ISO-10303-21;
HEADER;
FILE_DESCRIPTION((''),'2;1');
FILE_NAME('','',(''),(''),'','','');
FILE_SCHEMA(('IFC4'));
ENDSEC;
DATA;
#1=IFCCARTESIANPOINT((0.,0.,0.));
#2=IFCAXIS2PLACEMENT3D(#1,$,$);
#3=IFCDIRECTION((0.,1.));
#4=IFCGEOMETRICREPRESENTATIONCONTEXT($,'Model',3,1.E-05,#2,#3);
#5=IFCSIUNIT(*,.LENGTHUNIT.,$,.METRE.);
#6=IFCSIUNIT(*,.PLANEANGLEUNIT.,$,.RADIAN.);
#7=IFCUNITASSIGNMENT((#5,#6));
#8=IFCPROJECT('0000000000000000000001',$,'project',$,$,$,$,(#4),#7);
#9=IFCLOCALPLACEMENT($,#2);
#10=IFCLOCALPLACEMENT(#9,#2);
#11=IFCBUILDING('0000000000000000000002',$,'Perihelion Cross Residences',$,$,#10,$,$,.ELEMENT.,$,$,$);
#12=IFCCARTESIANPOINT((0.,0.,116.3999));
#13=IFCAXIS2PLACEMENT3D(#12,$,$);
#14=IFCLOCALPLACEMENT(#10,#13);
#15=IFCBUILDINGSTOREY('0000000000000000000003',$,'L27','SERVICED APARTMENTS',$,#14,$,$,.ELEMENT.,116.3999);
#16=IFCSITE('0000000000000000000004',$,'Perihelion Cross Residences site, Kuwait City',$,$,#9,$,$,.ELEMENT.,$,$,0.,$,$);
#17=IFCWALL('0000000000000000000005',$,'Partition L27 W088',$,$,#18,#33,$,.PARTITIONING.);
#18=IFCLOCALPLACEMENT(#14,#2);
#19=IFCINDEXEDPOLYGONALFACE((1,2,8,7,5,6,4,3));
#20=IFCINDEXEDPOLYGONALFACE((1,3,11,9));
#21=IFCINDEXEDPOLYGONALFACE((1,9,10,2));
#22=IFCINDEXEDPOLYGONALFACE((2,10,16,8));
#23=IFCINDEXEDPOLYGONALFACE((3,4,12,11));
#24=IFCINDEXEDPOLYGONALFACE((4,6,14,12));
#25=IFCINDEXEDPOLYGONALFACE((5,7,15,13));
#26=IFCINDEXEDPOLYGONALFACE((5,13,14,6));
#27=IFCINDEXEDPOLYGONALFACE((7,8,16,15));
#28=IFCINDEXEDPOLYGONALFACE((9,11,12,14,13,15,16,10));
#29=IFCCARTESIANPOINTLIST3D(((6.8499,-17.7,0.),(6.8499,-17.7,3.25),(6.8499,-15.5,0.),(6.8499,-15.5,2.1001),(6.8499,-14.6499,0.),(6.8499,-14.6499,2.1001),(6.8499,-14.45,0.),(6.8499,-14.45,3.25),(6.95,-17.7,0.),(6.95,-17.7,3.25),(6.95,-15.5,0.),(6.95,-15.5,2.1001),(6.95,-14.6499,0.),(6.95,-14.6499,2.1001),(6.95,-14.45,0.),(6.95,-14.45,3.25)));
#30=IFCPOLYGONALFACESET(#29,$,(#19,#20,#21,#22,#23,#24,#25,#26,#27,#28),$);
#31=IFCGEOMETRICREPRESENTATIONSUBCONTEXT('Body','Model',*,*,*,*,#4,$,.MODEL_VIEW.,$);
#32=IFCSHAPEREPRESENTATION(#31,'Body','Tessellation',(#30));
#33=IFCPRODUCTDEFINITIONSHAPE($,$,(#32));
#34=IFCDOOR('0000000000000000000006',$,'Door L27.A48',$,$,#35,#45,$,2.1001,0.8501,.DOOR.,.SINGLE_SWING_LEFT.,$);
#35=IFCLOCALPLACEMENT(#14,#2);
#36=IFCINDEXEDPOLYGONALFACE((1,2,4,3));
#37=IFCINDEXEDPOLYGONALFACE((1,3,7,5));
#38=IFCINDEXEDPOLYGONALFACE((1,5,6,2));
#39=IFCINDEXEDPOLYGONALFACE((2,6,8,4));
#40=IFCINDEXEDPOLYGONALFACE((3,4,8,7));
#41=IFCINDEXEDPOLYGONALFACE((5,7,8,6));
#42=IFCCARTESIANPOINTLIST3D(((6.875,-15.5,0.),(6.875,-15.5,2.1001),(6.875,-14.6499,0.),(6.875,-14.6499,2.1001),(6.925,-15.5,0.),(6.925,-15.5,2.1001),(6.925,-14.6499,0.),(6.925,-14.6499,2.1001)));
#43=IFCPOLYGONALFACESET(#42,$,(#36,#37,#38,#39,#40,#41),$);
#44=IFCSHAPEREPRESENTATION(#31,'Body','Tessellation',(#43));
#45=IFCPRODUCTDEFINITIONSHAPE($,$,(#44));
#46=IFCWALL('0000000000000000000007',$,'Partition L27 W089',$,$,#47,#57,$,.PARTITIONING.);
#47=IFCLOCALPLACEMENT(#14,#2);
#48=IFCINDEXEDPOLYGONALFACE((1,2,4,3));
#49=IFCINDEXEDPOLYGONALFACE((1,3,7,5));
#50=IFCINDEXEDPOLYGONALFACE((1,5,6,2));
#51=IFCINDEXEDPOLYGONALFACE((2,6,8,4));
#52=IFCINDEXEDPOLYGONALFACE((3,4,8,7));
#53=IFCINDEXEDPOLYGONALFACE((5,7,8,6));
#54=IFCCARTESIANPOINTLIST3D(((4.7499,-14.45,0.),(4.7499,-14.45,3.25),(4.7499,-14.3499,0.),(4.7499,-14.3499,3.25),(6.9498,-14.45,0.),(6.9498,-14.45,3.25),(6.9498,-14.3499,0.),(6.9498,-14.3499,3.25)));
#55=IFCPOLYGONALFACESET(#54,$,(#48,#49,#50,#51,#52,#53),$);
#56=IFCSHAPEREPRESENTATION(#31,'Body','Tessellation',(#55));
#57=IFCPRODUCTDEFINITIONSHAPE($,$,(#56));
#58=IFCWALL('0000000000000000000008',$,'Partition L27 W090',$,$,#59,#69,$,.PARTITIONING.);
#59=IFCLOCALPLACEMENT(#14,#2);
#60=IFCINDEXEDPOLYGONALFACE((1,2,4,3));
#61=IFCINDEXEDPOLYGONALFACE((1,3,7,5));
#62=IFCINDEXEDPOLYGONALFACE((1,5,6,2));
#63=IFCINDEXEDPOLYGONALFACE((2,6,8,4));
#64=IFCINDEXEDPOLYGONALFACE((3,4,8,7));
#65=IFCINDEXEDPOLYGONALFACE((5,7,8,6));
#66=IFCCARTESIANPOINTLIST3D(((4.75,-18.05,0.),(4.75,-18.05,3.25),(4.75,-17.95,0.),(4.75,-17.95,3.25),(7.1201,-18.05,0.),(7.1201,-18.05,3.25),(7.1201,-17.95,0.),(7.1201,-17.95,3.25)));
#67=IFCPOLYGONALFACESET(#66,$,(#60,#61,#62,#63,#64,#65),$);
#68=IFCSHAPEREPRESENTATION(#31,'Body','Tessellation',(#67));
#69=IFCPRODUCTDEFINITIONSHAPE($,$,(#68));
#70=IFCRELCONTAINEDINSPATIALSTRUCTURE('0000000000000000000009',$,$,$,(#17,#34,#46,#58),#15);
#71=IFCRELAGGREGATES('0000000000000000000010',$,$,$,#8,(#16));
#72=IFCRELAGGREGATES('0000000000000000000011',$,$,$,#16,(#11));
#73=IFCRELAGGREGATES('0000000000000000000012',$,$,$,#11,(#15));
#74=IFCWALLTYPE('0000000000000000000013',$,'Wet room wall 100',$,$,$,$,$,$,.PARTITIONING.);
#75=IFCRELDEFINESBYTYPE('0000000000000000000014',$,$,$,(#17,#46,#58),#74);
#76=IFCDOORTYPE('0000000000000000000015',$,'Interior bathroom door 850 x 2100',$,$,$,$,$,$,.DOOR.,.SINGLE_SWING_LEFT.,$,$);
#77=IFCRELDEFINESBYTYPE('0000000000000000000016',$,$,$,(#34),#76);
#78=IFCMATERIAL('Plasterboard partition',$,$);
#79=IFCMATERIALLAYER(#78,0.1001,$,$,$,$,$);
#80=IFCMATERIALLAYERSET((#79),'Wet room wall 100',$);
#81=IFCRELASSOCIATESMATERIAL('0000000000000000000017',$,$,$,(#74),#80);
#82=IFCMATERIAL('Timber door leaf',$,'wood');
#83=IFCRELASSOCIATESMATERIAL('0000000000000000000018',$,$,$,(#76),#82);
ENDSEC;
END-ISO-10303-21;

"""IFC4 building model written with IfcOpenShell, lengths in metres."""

from ifc_helpers import new_model, si_unit, direction, frame, frame_2d, origin, place, context, subcontext, project, spatial, rectangle, extrude, material, layer, layer_set, type_object, element, fill, save


model = new_model("IFC4")

# Units and contexts
model_context = context("Model", 3, precision=1e-05, world=origin(), true_north=direction((0.0, 1.0)))
body_context = subcontext(model_context, "Body", "Model", "MODEL_VIEW")
ifc_project = project(units=[si_unit("LENGTHUNIT", "METRE"), si_unit("PLANEANGLEUNIT", "RADIAN")], contexts=[model_context])

# Site, building, storey
site_placement = place(None, origin())
site = spatial("IfcSite", under=ifc_project, at=site_placement, Name="Perihelion Cross Residences site, Kuwait City", CompositionType="ELEMENT", RefElevation=0.0)
building_placement = place(site_placement, origin())
building = spatial("IfcBuilding", under=site, at=building_placement, Name="Perihelion Cross Residences", CompositionType="ELEMENT")
storey_placement = place(building_placement, frame((0.0, 0.0, 116.3999)))
storey = spatial("IfcBuildingStorey", under=building, at=storey_placement, Name="L27", Description="SERVICED APARTMENTS", CompositionType="ELEMENT", Elevation=116.3999)

# Wall, opening, door
ifc_material_1 = material(Name="Plasterboard partition")
ifc_layer_1 = layer(ifc_material_1, 0.1001)
ifc_layer_set_1 = layer_set([ifc_layer_1], Name="Wet room wall 100")
wall_type_1 = type_object("IfcWallType", Name="Wet room wall 100", PredefinedType="PARTITIONING", material=ifc_layer_set_1)
wall_1_placement = place(storey_placement, frame((6.8999, -17.7, 0.0), z_axis=(0.0, 0.0, 1.0), x_axis=(0.0, 1.0, 0.0)))
wall_1 = element("IfcWall", 1, at=wall_1_placement, inside=storey, type_object=wall_type_1, Name="Partition L27 W088", PredefinedType="PARTITIONING", context=body_context, shape_type="SweptSolid", body=[
    extrude(rectangle(XDim=3.25, YDim=0.1001, at=frame_2d((1.625, 0.0))), origin(), (0.0, 0.0, 1.0), 3.25),
])
opening_1_placement = place(wall_1_placement, frame((2.2, 0.0, 0.0)))
opening_1 = element("IfcOpeningElement", 2, at=opening_1_placement, cuts=wall_1, PredefinedType="OPENING", context=body_context, shape_type="SweptSolid", body=[
    extrude(rectangle(XDim=0.8501, YDim=2.1001, at=frame_2d((0.425, 1.05))), frame((0.0, 0.0601, 0.0), z_axis=(0.0, -1.0, 0.0), x_axis=(1.0, 0.0, 0.0)), (0.0, 0.0, 1.0), 0.1201),
])
ifc_material_2 = material(Name="Timber door leaf", Category="wood")
door_type_1 = type_object("IfcDoorType", Name="Interior bathroom door 850 x 2100", OperationType="SINGLE_SWING_LEFT", PredefinedType="DOOR", material=ifc_material_2)
door_1_placement = place(opening_1_placement, origin())
door_1 = element("IfcDoor", 3, at=door_1_placement, inside=storey, type_object=door_type_1, Name="Door L27.A48", OperationType="SINGLE_SWING_LEFT", OverallHeight=2.1001, OverallWidth=0.8501, PredefinedType="DOOR", context=body_context, shape_type="SweptSolid", body=[
    extrude(rectangle(XDim=0.8501, YDim=2.1001, at=frame_2d((0.425, 1.05))), frame((0.0, 0.0249, 0.0), z_axis=(0.0, -1.0, 0.0), x_axis=(1.0, 0.0, 0.0)), (0.0, 0.0, 1.0), 0.05),
])
fill(opening_1, door_1)

# Walls
wall_2_placement = place(storey_placement, frame((6.95, -14.3999, 0.0), z_axis=(0.0, 0.0, 1.0), x_axis=(-1.0, 0.0, 0.0)))
element("IfcWall", 4, at=wall_2_placement, inside=storey, type_object=wall_type_1, Name="Partition L27 W089", PredefinedType="PARTITIONING", context=body_context, shape_type="SweptSolid", body=[
    extrude(rectangle(XDim=2.2, YDim=0.1001, at=frame_2d((1.1001, 0.0))), origin(), (0.0, 0.0, 1.0), 3.25),
])
wall_3_placement = place(storey_placement, frame((7.1201, -18.0, 0.0), z_axis=(0.0, 0.0, 1.0), x_axis=(-1.0, 0.0, 0.0)))
element("IfcWall", 5, at=wall_3_placement, inside=storey, type_object=wall_type_1, Name="Partition L27 W090", PredefinedType="PARTITIONING", context=body_context, shape_type="SweptSolid", body=[
    extrude(rectangle(XDim=2.3701, YDim=0.1001, at=frame_2d((1.1851, 0.0))), origin(), (0.0, 0.0, 1.0), 3.25),
])

save(model, "model.ifc")
